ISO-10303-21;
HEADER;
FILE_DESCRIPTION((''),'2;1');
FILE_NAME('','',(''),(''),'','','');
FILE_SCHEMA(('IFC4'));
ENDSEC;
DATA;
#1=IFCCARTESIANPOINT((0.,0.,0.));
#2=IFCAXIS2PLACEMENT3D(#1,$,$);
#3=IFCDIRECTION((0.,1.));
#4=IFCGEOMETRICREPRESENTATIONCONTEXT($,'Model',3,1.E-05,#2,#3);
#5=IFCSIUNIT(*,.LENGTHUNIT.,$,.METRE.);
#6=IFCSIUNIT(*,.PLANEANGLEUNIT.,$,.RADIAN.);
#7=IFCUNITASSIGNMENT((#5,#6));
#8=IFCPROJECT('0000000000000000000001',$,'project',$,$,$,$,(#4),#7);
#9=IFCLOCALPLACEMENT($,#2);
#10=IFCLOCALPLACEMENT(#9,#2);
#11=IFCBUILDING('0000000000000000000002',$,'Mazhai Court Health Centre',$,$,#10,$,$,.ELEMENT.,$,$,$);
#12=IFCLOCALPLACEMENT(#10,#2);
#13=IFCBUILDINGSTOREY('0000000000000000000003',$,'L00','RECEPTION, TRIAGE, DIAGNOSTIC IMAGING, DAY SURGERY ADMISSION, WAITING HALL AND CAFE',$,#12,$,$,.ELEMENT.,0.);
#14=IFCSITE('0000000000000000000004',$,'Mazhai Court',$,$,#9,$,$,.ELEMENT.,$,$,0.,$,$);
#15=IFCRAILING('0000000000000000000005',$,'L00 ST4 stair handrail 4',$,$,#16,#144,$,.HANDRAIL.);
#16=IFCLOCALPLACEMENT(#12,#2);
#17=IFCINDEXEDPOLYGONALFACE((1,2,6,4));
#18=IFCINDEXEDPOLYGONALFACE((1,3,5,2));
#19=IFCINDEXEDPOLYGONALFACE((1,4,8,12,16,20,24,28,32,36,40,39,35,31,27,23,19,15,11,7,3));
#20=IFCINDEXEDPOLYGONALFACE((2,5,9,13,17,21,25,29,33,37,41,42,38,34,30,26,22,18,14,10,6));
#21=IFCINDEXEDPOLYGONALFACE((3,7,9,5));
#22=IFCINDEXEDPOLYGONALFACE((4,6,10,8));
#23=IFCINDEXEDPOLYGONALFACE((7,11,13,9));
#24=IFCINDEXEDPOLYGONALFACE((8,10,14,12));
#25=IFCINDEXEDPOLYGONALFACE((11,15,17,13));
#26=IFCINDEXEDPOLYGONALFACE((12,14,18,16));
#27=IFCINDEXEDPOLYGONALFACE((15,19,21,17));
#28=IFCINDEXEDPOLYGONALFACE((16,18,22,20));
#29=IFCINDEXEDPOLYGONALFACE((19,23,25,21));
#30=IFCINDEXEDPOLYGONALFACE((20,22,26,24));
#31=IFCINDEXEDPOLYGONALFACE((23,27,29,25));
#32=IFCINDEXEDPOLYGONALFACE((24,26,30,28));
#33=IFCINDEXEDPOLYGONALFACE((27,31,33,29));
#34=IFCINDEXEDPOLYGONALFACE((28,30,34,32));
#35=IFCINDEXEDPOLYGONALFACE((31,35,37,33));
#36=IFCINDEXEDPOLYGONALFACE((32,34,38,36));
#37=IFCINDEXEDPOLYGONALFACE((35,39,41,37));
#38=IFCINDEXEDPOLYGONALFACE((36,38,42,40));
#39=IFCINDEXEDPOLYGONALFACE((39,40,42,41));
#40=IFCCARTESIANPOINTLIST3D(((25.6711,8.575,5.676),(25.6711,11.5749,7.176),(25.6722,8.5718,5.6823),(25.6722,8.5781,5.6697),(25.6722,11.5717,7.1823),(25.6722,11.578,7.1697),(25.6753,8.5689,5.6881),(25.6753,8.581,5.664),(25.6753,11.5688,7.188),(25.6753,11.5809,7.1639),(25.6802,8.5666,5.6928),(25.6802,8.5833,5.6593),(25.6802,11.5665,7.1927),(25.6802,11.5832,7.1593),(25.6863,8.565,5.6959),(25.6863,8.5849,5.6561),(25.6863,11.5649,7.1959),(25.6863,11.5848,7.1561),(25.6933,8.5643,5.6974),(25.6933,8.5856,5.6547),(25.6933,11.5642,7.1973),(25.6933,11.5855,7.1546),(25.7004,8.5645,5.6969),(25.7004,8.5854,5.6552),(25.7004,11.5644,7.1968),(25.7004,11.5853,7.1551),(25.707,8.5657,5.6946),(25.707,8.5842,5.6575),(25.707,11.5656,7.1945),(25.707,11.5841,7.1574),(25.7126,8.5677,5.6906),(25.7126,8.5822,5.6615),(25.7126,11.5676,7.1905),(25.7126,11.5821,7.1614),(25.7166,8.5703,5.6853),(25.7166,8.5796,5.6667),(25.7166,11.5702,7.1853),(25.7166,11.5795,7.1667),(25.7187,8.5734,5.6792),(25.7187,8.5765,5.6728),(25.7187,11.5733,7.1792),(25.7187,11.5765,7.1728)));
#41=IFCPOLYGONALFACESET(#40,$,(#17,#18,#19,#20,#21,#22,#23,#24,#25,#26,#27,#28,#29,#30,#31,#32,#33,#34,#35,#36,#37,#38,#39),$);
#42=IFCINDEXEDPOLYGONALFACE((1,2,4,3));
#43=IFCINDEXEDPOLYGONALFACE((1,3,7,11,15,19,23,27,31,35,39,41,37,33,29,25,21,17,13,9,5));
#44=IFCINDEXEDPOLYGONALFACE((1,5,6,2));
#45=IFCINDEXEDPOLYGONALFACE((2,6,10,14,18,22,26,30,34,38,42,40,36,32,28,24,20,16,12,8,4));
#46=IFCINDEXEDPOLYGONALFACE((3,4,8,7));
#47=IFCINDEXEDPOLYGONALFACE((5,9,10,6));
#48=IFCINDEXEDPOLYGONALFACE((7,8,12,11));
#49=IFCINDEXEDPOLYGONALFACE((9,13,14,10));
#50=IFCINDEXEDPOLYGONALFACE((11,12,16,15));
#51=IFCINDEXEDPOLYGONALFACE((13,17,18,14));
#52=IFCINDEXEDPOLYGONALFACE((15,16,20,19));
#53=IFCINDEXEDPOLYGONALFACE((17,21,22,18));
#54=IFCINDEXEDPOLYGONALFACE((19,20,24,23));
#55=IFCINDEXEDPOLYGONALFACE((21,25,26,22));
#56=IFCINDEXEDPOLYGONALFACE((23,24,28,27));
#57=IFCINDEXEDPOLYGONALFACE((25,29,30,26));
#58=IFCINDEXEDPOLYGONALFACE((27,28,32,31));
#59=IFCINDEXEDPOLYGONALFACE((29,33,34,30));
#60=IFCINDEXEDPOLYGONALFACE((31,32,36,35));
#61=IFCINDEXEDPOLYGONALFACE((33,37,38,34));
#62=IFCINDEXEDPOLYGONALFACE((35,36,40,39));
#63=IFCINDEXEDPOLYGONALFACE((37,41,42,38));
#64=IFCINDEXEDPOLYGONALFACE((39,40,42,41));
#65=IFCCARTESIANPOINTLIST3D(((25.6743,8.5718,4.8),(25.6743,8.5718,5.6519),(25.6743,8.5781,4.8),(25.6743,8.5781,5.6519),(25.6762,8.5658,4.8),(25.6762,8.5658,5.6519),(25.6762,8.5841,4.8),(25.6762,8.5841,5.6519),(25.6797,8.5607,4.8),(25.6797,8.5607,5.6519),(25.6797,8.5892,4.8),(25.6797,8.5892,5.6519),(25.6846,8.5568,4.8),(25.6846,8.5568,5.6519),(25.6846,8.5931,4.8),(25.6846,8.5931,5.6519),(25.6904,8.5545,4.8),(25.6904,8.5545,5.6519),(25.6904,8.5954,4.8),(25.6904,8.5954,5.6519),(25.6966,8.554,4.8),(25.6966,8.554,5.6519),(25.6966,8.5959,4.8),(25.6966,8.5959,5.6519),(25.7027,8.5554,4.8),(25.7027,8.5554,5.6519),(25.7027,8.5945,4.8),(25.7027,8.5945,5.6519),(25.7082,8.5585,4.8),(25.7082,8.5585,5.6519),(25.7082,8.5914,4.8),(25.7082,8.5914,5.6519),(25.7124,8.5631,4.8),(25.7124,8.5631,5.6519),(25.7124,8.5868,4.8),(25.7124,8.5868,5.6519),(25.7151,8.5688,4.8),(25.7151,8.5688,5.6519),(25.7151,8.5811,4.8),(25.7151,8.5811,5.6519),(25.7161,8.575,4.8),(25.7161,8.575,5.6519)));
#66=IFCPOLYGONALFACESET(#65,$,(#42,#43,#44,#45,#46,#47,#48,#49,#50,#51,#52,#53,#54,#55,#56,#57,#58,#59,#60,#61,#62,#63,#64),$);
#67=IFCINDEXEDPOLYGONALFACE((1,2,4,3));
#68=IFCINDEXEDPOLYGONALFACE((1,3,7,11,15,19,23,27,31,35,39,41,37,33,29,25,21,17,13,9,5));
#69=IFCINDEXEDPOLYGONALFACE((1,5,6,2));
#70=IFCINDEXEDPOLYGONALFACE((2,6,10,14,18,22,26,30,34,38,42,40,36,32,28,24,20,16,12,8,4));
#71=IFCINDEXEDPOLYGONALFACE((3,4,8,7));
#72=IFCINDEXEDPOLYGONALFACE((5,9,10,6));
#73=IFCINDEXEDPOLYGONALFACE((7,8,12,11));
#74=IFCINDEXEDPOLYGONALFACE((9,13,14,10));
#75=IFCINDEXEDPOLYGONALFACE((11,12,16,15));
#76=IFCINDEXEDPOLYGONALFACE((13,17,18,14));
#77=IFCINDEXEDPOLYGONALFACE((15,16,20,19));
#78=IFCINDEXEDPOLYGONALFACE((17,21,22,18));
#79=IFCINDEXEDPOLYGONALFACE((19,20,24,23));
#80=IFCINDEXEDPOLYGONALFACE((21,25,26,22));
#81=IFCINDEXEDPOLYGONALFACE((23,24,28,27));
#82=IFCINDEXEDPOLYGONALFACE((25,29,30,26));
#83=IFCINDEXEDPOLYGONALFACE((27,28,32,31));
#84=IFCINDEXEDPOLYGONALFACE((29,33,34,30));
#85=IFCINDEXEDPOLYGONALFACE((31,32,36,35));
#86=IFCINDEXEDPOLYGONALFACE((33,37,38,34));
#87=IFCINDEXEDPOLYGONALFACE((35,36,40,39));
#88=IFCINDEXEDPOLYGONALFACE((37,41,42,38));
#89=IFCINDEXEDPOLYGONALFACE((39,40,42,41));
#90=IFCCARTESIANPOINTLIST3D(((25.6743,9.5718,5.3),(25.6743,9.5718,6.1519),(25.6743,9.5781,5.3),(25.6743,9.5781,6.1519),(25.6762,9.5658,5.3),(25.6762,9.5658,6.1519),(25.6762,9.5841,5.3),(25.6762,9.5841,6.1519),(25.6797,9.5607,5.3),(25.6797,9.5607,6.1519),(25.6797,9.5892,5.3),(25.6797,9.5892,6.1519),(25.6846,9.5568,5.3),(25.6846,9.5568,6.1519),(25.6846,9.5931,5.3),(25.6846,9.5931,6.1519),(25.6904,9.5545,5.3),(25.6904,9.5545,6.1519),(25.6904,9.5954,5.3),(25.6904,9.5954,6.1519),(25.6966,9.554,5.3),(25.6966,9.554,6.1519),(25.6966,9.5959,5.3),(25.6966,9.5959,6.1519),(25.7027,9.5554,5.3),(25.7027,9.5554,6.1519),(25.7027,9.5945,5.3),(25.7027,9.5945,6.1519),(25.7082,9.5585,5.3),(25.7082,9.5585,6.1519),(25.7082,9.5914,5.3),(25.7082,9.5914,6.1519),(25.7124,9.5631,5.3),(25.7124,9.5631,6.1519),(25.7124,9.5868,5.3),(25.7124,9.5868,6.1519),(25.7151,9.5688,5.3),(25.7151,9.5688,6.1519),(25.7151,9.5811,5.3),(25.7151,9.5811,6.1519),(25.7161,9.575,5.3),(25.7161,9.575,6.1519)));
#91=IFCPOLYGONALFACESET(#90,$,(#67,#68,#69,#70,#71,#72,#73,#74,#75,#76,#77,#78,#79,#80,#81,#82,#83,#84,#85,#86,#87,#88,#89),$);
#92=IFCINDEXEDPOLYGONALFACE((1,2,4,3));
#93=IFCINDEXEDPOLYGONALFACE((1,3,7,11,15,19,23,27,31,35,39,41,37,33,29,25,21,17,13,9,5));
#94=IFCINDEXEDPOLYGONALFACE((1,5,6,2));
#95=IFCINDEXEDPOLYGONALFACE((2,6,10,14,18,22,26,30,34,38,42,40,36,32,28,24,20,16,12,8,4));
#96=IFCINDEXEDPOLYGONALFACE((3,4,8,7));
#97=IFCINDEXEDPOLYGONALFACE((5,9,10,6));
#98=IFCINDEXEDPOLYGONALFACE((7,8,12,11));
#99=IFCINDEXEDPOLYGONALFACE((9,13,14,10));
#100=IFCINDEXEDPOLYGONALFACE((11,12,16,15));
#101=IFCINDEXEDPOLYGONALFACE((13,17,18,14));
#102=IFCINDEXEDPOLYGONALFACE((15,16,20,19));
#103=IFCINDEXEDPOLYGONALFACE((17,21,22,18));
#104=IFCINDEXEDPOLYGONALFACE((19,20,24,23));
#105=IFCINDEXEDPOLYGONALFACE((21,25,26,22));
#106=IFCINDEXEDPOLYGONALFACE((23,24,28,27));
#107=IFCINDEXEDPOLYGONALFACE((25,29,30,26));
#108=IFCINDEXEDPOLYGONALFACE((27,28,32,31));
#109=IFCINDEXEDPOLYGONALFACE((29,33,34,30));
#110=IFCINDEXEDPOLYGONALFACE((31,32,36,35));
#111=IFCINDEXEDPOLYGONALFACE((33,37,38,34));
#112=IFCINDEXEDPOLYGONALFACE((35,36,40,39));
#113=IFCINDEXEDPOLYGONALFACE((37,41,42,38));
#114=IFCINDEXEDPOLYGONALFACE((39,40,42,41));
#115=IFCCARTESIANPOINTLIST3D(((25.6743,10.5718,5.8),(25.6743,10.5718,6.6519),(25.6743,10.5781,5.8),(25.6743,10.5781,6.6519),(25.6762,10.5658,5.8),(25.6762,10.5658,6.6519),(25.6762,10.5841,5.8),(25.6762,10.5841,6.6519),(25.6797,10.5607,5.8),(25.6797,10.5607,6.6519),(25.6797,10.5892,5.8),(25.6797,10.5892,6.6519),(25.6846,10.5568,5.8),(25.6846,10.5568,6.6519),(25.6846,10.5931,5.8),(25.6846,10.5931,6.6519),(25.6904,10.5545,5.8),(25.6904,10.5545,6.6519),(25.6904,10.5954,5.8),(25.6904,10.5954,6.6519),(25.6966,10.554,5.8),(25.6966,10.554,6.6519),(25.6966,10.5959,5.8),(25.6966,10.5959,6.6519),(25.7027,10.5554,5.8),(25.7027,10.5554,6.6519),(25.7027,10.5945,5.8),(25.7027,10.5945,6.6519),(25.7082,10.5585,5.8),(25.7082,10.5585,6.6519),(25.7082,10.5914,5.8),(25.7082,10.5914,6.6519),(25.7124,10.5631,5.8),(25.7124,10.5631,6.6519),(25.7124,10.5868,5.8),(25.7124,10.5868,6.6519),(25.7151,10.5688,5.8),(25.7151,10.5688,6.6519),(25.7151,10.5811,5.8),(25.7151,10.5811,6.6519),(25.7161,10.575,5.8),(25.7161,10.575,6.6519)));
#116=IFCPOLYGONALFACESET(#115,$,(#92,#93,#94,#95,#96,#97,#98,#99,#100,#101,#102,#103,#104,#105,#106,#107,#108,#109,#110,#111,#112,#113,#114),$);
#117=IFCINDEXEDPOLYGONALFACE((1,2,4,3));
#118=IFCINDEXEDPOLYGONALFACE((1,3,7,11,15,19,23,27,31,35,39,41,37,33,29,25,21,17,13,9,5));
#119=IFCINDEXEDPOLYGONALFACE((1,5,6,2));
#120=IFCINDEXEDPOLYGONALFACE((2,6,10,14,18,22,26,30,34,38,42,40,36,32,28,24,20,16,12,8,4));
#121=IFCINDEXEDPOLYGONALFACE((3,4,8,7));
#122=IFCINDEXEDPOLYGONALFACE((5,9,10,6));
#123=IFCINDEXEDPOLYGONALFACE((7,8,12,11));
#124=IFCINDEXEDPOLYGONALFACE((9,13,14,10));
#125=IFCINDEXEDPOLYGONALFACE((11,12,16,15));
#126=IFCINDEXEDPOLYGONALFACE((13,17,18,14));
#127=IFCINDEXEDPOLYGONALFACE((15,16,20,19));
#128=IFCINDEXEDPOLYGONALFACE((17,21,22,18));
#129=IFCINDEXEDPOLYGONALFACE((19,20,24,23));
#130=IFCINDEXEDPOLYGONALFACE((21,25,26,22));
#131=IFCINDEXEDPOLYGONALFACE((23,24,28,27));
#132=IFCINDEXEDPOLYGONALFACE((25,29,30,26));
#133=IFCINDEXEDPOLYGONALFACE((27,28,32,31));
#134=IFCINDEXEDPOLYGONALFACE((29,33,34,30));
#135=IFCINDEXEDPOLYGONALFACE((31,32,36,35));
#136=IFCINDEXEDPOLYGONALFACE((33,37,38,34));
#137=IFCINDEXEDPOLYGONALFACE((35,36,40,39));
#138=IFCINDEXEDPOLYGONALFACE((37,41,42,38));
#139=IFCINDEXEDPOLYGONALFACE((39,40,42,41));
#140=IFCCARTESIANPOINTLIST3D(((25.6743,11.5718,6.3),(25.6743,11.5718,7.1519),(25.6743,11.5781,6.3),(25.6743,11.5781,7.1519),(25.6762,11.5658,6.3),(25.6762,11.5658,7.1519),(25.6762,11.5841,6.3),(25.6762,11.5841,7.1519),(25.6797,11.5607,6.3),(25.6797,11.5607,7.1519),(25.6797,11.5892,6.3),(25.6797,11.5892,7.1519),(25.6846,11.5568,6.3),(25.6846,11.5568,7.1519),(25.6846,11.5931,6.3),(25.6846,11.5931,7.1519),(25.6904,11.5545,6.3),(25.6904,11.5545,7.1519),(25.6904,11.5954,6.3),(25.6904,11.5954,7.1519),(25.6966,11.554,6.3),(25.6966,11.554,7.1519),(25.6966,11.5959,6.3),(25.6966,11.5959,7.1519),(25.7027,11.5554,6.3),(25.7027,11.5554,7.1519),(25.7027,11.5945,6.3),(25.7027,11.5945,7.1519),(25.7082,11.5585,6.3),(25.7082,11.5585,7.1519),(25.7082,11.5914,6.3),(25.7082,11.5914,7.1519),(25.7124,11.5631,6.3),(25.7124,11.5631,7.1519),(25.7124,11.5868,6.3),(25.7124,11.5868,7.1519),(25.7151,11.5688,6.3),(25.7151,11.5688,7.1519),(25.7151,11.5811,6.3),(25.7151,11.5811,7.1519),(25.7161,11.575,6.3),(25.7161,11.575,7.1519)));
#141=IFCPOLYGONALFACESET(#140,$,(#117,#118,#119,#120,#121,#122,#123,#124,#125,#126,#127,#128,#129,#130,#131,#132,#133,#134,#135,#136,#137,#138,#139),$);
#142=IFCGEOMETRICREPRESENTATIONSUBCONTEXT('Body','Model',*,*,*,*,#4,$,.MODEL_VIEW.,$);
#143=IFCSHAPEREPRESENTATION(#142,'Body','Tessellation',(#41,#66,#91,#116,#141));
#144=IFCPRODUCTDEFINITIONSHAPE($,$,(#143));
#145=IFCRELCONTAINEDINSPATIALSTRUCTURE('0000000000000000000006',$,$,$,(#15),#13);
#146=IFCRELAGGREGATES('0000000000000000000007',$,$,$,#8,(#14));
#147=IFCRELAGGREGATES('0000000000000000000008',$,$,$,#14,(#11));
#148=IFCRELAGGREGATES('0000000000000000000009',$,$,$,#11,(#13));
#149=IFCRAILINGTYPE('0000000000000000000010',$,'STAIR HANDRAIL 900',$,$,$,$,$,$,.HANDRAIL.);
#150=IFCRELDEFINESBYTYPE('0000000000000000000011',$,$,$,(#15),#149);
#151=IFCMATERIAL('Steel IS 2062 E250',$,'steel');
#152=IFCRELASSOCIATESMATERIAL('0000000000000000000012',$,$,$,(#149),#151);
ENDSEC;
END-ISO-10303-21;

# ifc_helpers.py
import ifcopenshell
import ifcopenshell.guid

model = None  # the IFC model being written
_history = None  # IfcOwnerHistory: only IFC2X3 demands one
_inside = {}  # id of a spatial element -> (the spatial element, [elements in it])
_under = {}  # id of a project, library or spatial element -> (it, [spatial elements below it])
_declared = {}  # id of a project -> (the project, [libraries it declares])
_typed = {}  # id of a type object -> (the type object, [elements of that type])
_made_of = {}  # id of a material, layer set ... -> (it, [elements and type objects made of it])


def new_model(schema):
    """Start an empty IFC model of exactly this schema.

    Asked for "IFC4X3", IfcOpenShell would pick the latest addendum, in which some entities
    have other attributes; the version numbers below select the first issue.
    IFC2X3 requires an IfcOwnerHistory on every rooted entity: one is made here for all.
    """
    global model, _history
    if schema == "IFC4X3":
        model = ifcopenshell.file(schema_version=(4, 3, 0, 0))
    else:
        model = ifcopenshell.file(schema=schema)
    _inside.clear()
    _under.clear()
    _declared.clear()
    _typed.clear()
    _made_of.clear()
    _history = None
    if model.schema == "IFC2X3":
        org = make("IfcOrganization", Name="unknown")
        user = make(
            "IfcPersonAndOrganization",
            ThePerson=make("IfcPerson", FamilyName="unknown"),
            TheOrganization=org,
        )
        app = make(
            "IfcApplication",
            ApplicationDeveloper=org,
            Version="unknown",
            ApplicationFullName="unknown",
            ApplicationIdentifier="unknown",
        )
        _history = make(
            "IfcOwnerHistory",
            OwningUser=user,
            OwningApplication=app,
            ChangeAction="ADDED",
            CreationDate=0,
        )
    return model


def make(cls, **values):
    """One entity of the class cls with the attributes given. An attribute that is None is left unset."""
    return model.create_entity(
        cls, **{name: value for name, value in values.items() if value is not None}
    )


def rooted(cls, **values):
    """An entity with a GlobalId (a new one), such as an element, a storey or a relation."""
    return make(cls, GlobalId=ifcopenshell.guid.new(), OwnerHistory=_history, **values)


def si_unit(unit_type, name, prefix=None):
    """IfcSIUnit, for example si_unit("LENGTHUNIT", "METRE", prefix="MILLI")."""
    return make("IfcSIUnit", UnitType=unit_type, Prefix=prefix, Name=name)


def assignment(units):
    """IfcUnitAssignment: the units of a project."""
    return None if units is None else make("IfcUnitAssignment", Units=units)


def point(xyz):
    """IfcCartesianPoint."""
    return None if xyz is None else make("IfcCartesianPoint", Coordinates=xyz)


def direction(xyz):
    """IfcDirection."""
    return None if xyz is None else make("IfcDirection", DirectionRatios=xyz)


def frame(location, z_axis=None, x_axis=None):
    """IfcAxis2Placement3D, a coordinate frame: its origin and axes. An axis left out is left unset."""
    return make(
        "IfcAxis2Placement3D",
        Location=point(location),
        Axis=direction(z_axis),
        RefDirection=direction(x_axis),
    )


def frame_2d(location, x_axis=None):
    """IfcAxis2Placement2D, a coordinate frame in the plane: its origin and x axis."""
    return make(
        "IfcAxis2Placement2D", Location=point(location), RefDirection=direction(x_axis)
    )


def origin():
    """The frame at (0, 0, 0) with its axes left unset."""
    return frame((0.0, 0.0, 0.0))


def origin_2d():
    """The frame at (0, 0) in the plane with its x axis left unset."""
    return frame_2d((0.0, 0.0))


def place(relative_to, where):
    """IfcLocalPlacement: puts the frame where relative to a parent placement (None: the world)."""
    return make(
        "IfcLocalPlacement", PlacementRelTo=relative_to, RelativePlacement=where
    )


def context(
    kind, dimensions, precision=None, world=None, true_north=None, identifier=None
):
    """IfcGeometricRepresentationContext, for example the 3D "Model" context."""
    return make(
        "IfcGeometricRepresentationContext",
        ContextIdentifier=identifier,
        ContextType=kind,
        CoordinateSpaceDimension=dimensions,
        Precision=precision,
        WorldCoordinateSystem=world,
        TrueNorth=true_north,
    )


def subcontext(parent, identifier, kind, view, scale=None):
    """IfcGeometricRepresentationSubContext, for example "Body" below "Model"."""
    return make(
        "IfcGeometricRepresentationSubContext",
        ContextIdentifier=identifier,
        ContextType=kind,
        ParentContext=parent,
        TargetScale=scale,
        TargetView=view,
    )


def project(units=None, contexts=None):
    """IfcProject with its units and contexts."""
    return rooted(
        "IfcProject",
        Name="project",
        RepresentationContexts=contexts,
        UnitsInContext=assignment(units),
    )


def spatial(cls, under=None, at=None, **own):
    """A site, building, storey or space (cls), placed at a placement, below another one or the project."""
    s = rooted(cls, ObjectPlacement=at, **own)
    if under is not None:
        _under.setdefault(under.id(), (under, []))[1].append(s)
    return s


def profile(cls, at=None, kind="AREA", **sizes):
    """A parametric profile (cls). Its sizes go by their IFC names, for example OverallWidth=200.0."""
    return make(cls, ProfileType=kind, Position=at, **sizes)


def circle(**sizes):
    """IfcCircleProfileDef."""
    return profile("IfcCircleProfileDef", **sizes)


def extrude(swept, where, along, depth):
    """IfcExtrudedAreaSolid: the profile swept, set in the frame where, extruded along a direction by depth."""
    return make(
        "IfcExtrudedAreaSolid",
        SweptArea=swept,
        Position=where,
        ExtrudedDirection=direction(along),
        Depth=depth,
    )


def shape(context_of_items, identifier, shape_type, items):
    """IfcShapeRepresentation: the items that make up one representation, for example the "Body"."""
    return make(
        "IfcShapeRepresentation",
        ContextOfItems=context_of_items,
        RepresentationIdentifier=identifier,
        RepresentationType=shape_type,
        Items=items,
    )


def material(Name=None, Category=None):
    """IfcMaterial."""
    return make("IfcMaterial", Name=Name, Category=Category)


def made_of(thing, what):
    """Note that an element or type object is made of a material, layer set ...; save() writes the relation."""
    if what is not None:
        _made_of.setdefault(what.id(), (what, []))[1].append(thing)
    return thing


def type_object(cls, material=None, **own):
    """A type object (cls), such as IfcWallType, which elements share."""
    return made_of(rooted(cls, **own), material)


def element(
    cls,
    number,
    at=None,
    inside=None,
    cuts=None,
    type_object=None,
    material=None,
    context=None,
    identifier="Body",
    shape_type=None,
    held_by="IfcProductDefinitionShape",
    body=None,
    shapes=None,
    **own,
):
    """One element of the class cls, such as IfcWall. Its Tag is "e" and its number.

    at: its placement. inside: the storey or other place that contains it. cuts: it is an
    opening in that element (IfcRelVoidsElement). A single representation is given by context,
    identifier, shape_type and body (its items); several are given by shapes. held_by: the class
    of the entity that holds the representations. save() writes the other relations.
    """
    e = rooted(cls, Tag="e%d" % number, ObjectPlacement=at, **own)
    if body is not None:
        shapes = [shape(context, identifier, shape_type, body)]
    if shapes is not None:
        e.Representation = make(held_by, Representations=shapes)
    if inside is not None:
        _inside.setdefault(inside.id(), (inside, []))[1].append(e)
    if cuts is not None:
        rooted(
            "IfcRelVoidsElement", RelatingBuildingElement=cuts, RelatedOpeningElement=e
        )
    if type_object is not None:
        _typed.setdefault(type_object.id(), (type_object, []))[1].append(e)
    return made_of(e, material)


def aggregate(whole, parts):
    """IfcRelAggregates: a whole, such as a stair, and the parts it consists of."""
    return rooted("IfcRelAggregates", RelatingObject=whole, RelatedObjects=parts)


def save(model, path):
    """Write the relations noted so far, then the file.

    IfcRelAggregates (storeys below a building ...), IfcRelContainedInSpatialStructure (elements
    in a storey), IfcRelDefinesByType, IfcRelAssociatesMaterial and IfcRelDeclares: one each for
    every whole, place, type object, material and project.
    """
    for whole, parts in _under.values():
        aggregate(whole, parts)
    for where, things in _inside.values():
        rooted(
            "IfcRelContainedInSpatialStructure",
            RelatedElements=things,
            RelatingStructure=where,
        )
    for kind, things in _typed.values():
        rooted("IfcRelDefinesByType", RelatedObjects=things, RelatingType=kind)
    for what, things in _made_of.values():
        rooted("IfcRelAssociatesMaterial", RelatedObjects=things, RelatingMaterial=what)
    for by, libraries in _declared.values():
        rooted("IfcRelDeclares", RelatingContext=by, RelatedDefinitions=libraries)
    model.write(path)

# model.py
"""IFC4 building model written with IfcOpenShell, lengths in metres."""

from ifc_helpers import new_model, si_unit, direction, frame, origin, origin_2d, place, context, subcontext, project, spatial, circle, extrude, material, type_object, element, save


model = new_model("IFC4")

# Units and contexts
model_context = context("Model", 3, precision=1e-05, world=origin(), true_north=direction((0.0, 1.0)))
body_context = subcontext(model_context, "Body", "Model", "MODEL_VIEW")
ifc_project = project(units=[si_unit("LENGTHUNIT", "METRE"), si_unit("PLANEANGLEUNIT", "RADIAN")], contexts=[model_context])

# Site, building, storey
site_placement = place(None, origin())
site = spatial("IfcSite", under=ifc_project, at=site_placement, Name="Mazhai Court", CompositionType="ELEMENT", RefElevation=0.0)
building_placement = place(site_placement, origin())
building = spatial("IfcBuilding", under=site, at=building_placement, Name="Mazhai Court Health Centre", CompositionType="ELEMENT")
storey_placement = place(building_placement, origin())
storey = spatial("IfcBuildingStorey", under=building, at=storey_placement, Name="L00", Description="RECEPTION, TRIAGE, DIAGNOSTIC IMAGING, DAY SURGERY ADMISSION, WAITING HALL AND CAFE", CompositionType="ELEMENT", Elevation=0.0)

# Railing
ifc_material_1 = material(Name="Steel IS 2062 E250", Category="steel")
railing_type = type_object("IfcRailingType", Name="STAIR HANDRAIL 900", PredefinedType="HANDRAIL", material=ifc_material_1)
railing_1_placement = place(storey_placement, frame((25.6951, 8.575, 4.8)))
element("IfcRailing", 1, at=railing_1_placement, inside=storey, type_object=railing_type, Name="L00 ST4 stair handrail 4", PredefinedType="HANDRAIL", context=body_context, shape_type="SweptSolid", body=[
    extrude(circle(Radius=0.0239, at=origin_2d()), frame((0.0, 0.0, 0.876), z_axis=(0.0, 0.894427, 0.447214), x_axis=(-1.0, 0.0, 0.0)), (0.0, 0.0, 1.0), 3.354),
    extrude(circle(Radius=0.021, at=origin_2d()), origin(), (0.0, 0.0, 1.0), 0.8518),
    extrude(circle(Radius=0.021, at=origin_2d()), frame((0.0, 1.0, 0.5)), (0.0, 0.0, 1.0), 0.8518),
    extrude(circle(Radius=0.021, at=origin_2d()), frame((0.0, 2.0, 1.0)), (0.0, 0.0, 1.0), 0.8518),
    extrude(circle(Radius=0.021, at=origin_2d()), frame((0.0, 3.0, 1.5)), (0.0, 0.0, 1.0), 0.8518),
])

save(model, "model.ifc")
